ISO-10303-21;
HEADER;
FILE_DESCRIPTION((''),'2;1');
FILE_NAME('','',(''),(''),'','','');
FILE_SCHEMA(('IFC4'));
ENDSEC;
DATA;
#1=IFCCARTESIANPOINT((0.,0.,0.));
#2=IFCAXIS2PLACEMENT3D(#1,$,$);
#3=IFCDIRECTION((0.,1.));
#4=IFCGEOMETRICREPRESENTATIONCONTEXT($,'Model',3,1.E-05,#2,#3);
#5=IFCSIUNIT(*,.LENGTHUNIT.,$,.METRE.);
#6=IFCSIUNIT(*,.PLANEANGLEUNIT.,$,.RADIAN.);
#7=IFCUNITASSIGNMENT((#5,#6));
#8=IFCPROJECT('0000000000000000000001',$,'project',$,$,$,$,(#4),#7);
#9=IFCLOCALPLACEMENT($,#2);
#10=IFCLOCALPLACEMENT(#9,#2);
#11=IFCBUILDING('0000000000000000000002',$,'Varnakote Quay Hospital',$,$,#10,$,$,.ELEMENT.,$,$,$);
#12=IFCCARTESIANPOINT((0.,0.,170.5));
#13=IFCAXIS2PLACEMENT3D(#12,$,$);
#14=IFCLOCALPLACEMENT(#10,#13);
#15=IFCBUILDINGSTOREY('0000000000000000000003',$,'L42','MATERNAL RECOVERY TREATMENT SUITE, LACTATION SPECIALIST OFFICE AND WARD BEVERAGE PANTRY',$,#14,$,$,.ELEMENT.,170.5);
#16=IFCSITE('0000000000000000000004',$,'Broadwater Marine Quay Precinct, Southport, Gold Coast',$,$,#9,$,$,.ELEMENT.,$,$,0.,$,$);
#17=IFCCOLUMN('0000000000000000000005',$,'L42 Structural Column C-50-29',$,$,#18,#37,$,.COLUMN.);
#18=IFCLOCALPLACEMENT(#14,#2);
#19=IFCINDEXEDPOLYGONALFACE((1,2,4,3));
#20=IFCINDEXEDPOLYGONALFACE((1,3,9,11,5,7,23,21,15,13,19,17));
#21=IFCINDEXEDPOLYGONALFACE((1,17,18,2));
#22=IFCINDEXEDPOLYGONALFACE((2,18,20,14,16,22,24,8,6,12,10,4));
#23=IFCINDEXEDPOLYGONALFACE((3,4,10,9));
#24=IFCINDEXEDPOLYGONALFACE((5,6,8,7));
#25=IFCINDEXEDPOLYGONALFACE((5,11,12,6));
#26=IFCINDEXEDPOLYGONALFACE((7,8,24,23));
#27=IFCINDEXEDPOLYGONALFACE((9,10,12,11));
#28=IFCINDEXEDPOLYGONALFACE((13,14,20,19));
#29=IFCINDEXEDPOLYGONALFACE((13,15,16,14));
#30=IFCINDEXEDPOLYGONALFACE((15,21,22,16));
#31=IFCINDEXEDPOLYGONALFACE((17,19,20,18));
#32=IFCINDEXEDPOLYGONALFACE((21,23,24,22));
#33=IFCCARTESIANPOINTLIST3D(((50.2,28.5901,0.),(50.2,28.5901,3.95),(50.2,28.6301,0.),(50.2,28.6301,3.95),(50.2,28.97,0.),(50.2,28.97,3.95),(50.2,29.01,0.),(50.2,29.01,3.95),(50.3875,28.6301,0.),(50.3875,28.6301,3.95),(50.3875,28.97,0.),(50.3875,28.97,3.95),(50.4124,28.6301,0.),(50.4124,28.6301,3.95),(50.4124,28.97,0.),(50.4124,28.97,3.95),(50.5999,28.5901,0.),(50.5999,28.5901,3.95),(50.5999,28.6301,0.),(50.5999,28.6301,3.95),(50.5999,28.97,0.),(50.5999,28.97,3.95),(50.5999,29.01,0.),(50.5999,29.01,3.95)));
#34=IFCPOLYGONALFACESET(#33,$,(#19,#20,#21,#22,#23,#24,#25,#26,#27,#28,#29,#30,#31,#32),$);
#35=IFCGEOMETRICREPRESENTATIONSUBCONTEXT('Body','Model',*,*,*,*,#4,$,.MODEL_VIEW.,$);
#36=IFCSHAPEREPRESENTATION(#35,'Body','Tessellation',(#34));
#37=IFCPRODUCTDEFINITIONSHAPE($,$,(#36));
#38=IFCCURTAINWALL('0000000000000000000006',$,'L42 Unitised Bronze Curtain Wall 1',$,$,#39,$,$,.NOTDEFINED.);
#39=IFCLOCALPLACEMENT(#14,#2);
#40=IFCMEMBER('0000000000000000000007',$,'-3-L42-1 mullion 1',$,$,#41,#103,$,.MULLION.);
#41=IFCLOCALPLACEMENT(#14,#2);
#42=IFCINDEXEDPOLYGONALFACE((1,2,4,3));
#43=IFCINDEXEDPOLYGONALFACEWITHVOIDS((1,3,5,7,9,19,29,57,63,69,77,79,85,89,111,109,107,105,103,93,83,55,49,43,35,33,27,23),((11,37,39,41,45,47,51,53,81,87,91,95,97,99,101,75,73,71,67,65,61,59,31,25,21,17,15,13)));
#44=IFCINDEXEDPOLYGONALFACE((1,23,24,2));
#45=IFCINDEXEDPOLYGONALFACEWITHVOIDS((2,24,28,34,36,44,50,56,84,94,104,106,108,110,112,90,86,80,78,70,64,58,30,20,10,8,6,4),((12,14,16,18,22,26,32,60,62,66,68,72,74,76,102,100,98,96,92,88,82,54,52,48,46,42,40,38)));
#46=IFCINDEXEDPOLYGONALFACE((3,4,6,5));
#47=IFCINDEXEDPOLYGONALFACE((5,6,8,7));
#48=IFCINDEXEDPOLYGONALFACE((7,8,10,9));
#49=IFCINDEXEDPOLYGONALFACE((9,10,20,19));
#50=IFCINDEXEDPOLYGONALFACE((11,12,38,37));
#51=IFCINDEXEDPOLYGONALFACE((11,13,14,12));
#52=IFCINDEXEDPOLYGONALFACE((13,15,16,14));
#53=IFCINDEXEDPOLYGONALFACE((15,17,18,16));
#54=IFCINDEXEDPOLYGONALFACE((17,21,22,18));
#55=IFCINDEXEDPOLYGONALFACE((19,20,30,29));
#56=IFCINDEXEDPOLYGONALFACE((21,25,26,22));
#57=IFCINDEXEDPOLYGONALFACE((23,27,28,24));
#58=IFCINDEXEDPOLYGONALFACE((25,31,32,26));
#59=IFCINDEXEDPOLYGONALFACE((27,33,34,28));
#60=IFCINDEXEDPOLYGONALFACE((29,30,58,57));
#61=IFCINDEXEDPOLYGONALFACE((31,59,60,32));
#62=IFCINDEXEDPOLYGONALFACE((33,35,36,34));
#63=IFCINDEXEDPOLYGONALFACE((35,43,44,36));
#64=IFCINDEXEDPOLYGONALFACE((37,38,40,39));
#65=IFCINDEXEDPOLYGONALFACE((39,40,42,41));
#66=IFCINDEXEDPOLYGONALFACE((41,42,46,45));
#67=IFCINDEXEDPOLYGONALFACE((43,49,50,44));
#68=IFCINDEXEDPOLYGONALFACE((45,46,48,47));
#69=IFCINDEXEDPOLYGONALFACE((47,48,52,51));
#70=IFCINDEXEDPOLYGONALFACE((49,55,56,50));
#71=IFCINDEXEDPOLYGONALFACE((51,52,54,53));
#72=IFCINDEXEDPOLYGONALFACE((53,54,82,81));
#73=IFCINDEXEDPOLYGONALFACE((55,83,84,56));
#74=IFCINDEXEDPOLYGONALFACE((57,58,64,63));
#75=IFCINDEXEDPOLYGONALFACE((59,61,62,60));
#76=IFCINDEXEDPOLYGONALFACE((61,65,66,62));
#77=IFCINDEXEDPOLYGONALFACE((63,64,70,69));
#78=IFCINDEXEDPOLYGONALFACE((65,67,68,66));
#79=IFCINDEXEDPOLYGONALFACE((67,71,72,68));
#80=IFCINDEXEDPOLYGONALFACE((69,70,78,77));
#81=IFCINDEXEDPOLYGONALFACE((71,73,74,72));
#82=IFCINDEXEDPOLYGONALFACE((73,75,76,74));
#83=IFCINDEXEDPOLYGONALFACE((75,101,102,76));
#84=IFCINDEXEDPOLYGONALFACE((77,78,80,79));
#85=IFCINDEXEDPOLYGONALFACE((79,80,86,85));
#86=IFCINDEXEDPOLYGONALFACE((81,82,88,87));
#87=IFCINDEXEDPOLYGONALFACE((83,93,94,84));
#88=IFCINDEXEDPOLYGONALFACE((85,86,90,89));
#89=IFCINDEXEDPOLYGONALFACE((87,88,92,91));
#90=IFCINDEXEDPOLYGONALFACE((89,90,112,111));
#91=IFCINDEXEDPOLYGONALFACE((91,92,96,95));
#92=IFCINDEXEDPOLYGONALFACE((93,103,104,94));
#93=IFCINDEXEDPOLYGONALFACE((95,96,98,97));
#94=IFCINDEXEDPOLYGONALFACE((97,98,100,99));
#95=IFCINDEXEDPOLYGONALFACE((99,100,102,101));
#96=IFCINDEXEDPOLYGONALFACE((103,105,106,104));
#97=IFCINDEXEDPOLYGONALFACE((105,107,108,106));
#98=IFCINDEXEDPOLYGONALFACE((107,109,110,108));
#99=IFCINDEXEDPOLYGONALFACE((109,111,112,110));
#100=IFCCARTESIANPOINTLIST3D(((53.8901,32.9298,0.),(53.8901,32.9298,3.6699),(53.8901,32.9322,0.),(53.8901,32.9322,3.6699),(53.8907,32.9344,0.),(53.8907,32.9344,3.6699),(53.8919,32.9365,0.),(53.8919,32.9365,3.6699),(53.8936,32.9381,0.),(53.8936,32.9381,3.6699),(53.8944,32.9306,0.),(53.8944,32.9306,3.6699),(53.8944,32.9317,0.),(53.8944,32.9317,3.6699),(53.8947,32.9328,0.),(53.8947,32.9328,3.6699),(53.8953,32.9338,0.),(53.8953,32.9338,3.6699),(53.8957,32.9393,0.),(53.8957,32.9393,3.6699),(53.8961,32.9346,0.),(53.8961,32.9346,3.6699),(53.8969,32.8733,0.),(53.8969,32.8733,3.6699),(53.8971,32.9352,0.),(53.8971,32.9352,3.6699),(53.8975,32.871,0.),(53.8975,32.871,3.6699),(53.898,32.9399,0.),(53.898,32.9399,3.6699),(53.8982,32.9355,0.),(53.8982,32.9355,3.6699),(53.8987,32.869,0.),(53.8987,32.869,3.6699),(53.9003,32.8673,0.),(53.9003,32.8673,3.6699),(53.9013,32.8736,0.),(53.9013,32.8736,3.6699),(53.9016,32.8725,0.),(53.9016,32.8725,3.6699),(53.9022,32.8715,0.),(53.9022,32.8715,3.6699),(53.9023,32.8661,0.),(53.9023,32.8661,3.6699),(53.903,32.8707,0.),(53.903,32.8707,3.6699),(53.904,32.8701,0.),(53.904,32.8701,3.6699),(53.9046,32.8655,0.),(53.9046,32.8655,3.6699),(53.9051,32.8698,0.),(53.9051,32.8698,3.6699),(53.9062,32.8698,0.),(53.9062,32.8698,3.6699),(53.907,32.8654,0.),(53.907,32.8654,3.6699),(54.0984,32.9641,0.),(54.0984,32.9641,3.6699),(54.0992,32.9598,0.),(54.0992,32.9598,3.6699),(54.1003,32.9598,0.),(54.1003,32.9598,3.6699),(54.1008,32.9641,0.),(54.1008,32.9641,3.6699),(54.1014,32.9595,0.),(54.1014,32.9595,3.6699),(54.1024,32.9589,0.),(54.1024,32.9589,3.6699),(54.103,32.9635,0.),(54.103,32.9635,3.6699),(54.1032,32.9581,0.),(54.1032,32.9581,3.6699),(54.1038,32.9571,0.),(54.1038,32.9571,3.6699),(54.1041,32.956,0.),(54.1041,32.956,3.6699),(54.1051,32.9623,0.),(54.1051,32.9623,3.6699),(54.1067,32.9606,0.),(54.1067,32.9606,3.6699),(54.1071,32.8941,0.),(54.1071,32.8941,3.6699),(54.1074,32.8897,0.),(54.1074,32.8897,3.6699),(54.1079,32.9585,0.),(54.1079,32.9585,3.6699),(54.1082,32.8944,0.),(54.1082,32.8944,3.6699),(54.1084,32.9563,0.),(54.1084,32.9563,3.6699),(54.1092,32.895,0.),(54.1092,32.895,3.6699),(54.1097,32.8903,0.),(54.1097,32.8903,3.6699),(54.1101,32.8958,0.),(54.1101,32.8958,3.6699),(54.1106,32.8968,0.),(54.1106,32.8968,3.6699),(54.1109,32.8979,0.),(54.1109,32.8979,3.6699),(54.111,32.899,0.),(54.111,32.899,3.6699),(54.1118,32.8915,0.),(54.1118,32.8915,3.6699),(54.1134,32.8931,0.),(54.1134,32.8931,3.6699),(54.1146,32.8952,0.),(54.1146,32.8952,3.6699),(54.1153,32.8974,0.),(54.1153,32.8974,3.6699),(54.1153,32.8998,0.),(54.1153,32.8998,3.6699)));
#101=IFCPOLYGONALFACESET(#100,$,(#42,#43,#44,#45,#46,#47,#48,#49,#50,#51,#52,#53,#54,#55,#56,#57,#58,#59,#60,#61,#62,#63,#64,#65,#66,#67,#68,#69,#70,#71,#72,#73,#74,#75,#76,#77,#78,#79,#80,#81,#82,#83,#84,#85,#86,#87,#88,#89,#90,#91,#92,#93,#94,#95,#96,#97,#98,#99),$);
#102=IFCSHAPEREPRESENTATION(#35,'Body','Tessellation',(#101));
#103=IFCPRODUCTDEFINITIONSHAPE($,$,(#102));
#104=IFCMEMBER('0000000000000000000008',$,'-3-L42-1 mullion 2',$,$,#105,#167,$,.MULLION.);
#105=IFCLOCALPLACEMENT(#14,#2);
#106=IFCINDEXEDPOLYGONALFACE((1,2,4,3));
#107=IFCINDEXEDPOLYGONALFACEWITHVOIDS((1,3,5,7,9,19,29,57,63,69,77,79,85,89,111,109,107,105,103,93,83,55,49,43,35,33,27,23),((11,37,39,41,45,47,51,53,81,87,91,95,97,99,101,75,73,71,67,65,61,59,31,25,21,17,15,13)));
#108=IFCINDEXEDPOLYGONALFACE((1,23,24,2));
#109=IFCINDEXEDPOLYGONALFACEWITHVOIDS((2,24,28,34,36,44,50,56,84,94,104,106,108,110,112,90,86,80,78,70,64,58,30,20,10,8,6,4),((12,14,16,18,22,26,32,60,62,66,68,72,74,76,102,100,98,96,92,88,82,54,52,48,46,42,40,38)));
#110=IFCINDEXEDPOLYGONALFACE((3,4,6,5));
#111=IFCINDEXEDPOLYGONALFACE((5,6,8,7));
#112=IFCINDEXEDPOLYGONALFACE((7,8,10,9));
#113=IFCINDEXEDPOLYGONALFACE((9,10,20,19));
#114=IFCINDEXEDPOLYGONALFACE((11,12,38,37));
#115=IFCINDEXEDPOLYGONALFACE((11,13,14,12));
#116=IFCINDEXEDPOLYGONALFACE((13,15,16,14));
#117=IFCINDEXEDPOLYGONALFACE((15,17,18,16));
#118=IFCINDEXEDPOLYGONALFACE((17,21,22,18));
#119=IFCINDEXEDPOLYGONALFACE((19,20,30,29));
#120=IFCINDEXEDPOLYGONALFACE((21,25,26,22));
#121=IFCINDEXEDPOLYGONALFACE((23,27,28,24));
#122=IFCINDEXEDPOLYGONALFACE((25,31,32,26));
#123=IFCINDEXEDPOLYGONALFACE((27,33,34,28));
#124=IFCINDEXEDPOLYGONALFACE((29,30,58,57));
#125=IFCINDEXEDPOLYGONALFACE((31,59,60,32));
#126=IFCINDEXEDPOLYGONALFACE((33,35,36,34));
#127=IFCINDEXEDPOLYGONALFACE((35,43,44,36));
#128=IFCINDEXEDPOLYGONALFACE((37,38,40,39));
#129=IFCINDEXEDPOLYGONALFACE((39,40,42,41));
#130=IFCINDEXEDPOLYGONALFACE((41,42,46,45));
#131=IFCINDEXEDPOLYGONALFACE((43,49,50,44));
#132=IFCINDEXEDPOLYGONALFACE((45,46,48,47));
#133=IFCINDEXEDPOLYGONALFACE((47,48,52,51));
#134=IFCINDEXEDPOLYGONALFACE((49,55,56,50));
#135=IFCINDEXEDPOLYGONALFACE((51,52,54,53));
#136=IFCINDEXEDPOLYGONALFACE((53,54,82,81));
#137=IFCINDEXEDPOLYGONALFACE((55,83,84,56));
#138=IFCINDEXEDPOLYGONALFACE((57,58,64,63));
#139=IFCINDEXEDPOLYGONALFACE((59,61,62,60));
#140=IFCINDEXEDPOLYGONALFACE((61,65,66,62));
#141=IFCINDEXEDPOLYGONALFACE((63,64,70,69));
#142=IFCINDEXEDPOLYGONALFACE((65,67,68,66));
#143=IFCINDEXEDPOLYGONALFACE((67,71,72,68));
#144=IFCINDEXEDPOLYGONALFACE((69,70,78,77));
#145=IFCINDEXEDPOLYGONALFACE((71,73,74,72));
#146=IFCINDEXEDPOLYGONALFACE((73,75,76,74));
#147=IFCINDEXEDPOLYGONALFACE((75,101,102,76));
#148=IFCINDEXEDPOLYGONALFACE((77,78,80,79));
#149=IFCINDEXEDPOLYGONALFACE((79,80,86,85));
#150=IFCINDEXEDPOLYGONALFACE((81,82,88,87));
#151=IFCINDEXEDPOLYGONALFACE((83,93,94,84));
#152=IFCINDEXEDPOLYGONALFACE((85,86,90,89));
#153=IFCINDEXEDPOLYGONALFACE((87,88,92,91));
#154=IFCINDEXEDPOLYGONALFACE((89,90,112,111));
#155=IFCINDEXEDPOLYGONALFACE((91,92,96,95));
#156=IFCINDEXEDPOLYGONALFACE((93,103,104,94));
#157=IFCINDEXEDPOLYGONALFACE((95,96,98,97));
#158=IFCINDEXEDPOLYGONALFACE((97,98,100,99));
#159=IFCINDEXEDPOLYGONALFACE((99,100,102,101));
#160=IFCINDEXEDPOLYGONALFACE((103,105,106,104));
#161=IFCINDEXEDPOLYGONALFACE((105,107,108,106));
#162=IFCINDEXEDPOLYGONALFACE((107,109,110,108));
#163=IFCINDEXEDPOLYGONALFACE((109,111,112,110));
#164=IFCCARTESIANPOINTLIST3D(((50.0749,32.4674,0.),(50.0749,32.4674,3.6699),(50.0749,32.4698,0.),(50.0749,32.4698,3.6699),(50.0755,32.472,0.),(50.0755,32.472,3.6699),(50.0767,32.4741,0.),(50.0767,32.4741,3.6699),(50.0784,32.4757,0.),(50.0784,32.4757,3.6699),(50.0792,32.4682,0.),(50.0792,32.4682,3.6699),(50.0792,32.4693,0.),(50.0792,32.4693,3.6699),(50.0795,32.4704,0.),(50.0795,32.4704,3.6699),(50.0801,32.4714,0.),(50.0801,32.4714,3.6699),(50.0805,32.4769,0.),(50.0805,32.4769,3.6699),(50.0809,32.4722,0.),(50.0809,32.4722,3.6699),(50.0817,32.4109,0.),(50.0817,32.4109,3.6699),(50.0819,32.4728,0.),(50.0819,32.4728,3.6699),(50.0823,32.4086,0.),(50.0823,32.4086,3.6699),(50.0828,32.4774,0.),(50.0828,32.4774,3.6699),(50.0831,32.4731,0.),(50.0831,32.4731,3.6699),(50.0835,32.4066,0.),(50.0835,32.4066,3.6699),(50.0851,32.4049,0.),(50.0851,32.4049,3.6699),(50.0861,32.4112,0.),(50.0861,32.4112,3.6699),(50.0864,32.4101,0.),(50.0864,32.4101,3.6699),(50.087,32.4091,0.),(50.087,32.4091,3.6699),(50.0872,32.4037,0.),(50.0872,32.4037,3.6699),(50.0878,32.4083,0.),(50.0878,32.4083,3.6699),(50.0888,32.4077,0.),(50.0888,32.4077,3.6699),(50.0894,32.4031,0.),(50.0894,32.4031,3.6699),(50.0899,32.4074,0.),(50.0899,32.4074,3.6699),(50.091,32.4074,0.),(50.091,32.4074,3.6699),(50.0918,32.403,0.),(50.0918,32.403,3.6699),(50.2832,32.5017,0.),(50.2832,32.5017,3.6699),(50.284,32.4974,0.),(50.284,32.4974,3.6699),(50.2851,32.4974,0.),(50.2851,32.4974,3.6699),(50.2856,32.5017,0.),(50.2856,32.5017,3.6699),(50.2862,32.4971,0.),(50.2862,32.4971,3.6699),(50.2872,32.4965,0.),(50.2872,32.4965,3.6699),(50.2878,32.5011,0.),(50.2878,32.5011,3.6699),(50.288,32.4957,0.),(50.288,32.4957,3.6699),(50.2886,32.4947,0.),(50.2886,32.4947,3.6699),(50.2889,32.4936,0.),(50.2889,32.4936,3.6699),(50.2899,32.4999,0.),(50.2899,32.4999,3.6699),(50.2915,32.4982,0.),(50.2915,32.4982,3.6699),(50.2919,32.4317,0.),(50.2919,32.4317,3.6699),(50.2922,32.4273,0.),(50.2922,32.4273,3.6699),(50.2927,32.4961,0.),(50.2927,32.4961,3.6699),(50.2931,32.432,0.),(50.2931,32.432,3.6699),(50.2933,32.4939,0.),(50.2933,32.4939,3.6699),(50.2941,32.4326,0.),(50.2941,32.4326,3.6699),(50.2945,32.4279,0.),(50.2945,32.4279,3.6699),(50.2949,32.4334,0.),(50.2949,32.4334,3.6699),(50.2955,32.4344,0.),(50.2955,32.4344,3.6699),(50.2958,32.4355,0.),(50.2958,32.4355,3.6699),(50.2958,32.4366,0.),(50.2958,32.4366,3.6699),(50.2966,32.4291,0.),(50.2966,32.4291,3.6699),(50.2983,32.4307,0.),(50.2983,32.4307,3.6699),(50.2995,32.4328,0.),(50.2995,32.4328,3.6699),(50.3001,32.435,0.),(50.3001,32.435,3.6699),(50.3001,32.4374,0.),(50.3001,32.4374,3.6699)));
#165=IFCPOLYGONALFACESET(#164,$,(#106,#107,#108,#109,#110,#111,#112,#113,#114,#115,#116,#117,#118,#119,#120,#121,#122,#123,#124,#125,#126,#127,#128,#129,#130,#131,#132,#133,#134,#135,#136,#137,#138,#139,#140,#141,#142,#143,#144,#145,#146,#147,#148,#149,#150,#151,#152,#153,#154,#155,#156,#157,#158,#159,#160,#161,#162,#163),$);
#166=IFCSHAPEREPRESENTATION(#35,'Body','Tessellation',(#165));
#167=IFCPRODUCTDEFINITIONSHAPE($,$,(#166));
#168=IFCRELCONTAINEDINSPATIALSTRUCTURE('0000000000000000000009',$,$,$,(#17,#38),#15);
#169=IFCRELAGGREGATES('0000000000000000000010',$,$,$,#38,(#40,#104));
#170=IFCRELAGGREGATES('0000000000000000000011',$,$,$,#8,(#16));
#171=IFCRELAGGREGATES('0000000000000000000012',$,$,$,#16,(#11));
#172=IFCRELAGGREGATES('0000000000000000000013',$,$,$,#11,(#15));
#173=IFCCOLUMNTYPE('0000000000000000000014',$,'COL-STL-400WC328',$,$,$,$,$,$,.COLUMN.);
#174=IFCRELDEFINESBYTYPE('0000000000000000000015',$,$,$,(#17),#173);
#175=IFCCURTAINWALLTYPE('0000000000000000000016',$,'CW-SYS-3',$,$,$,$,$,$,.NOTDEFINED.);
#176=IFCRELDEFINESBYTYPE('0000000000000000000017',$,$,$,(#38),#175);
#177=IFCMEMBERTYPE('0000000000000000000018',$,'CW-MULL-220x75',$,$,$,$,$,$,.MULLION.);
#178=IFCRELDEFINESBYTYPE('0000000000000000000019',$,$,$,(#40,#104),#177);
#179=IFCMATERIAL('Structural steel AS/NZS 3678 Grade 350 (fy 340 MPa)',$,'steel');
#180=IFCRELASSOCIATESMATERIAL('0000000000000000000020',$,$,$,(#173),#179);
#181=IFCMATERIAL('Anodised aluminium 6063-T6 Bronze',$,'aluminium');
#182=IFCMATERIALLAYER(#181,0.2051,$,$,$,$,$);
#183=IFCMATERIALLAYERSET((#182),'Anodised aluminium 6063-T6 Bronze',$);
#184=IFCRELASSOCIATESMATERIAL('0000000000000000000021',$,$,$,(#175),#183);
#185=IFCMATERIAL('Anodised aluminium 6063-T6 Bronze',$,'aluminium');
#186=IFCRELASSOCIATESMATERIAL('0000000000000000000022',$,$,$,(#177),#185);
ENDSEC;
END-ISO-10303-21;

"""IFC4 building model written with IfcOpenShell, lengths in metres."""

from ifc_helpers import new_model, si_unit, direction, frame, origin, origin_2d, place, context, subcontext, project, spatial, hollow_rectangle, i_section, extrude, material, layer, layer_set, material_profile, profile_set, type_object, element, aggregate, save


model = new_model("IFC4")

# Units and contexts
model_context = context("Model", 3, precision=1e-05, world=origin(), true_north=direction((0.0, 1.0)))
body_context = subcontext(model_context, "Body", "Model", "MODEL_VIEW")
ifc_project = project(units=[si_unit("LENGTHUNIT", "METRE"), si_unit("PLANEANGLEUNIT", "RADIAN")], contexts=[model_context])

# Site, building, storey
site_placement = place(None, origin())
site = spatial("IfcSite", under=ifc_project, at=site_placement, Name="Broadwater Marine Quay Precinct, Southport, Gold Coast", CompositionType="ELEMENT", RefElevation=0.0)
building_placement = place(site_placement, origin())
building = spatial("IfcBuilding", under=site, at=building_placement, Name="Varnakote Quay Hospital", CompositionType="ELEMENT")
storey_placement = place(building_placement, frame((0.0, 0.0, 170.5)))
storey = spatial("IfcBuildingStorey", under=building, at=storey_placement, Name="L42", Description="MATERNAL RECOVERY TREATMENT SUITE, LACTATION SPECIALIST OFFICE AND WARD BEVERAGE PANTRY", CompositionType="ELEMENT", Elevation=170.5)

# Column
ifc_material_1 = material(Name="Structural steel AS/NZS 3678 Grade 350 (fy 340 MPa)", Category="steel")
ifc_material_profile_1 = material_profile(ifc_material_1, i_section(OverallWidth=0.3999, OverallDepth=0.4199, WebThickness=0.0249, FlangeThickness=0.04, at=origin_2d()), Name="400WC328")
ifc_profile_set_1 = profile_set([ifc_material_profile_1], Name="Structural steel AS/NZS 3678 Grade 350 (fy 340 MPa)")
column_type = type_object("IfcColumnType", Name="COL-STL-400WC328", PredefinedType="COLUMN", material=ifc_profile_set_1)
column_placement = place(storey_placement, frame((50.3999, 28.8, 0.0), z_axis=(0.0, 0.0, 1.0), x_axis=(1.0, 0.0, 0.0)))
element("IfcColumn", 1, at=column_placement, inside=storey, type_object=column_type, Name="L42 Structural Column C-50-29", PredefinedType="COLUMN", context=body_context, shape_type="SweptSolid", body=[
    extrude(i_section(OverallWidth=0.3999, OverallDepth=0.4199, WebThickness=0.0249, FlangeThickness=0.04, at=origin_2d()), origin(), (0.0, 0.0, 1.0), 3.95),
])

# Curtain wall, members
ifc_material_2 = material(Name="Anodised aluminium 6063-T6 Bronze", Category="aluminium")
ifc_layer_1 = layer(ifc_material_2, 0.2051)
ifc_layer_set_1 = layer_set([ifc_layer_1], Name="Anodised aluminium 6063-T6 Bronze")
curtain_wall_type = type_object("IfcCurtainWallType", Name="CW-SYS-3", PredefinedType="NOTDEFINED", material=ifc_layer_set_1)
curtain_wall_placement = place(storey_placement, origin())
curtain_wall = element("IfcCurtainWall", 2, at=curtain_wall_placement, inside=storey, type_object=curtain_wall_type, Name="L42 Unitised Bronze Curtain Wall 1", PredefinedType="NOTDEFINED")
ifc_material_3 = material(Name="Anodised aluminium 6063-T6 Bronze", Category="aluminium")
ifc_material_profile_2 = material_profile(ifc_material_3, hollow_rectangle(XDim=0.075, YDim=0.22, WallThickness=0.0044, InnerFilletRadius=0.0044, OuterFilletRadius=0.009, at=origin_2d()), Name="CW-MULL-220x75")
ifc_profile_set_2 = profile_set([ifc_material_profile_2], Name="Anodised aluminium 6063-T6 Bronze")
member_type_1 = type_object("IfcMemberType", Name="CW-MULL-220x75", PredefinedType="MULLION", material=ifc_profile_set_2)
member_1_placement = place(storey_placement, frame((54.0027, 32.9148, 0.0), z_axis=(0.0, 0.0, 1.0), x_axis=(0.120327, -0.992734, 0.0)))
member_1 = element("IfcMember", 3, at=member_1_placement, type_object=member_type_1, Name="-3-L42-1 mullion 1", PredefinedType="MULLION", context=body_context, shape_type="SweptSolid", body=[
    extrude(hollow_rectangle(XDim=0.075, YDim=0.22, WallThickness=0.0044, InnerFilletRadius=0.0044, OuterFilletRadius=0.009, at=origin_2d()), origin(), (0.0, 0.0, 1.0), 3.6699),
])
member_2_placement = place(storey_placement, frame((50.1875, 32.4524, 0.0), z_axis=(0.0, 0.0, 1.0), x_axis=(0.120327, -0.992734, 0.0)))
member_2 = element("IfcMember", 4, at=member_2_placement, type_object=member_type_1, Name="-3-L42-1 mullion 2", PredefinedType="MULLION", context=body_context, shape_type="SweptSolid", body=[
    extrude(hollow_rectangle(XDim=0.075, YDim=0.22, WallThickness=0.0044, InnerFilletRadius=0.0044, OuterFilletRadius=0.009, at=origin_2d()), origin(), (0.0, 0.0, 1.0), 3.6699),
])

aggregate(curtain_wall, [member_1, member_2])

save(model, "model.ifc")
